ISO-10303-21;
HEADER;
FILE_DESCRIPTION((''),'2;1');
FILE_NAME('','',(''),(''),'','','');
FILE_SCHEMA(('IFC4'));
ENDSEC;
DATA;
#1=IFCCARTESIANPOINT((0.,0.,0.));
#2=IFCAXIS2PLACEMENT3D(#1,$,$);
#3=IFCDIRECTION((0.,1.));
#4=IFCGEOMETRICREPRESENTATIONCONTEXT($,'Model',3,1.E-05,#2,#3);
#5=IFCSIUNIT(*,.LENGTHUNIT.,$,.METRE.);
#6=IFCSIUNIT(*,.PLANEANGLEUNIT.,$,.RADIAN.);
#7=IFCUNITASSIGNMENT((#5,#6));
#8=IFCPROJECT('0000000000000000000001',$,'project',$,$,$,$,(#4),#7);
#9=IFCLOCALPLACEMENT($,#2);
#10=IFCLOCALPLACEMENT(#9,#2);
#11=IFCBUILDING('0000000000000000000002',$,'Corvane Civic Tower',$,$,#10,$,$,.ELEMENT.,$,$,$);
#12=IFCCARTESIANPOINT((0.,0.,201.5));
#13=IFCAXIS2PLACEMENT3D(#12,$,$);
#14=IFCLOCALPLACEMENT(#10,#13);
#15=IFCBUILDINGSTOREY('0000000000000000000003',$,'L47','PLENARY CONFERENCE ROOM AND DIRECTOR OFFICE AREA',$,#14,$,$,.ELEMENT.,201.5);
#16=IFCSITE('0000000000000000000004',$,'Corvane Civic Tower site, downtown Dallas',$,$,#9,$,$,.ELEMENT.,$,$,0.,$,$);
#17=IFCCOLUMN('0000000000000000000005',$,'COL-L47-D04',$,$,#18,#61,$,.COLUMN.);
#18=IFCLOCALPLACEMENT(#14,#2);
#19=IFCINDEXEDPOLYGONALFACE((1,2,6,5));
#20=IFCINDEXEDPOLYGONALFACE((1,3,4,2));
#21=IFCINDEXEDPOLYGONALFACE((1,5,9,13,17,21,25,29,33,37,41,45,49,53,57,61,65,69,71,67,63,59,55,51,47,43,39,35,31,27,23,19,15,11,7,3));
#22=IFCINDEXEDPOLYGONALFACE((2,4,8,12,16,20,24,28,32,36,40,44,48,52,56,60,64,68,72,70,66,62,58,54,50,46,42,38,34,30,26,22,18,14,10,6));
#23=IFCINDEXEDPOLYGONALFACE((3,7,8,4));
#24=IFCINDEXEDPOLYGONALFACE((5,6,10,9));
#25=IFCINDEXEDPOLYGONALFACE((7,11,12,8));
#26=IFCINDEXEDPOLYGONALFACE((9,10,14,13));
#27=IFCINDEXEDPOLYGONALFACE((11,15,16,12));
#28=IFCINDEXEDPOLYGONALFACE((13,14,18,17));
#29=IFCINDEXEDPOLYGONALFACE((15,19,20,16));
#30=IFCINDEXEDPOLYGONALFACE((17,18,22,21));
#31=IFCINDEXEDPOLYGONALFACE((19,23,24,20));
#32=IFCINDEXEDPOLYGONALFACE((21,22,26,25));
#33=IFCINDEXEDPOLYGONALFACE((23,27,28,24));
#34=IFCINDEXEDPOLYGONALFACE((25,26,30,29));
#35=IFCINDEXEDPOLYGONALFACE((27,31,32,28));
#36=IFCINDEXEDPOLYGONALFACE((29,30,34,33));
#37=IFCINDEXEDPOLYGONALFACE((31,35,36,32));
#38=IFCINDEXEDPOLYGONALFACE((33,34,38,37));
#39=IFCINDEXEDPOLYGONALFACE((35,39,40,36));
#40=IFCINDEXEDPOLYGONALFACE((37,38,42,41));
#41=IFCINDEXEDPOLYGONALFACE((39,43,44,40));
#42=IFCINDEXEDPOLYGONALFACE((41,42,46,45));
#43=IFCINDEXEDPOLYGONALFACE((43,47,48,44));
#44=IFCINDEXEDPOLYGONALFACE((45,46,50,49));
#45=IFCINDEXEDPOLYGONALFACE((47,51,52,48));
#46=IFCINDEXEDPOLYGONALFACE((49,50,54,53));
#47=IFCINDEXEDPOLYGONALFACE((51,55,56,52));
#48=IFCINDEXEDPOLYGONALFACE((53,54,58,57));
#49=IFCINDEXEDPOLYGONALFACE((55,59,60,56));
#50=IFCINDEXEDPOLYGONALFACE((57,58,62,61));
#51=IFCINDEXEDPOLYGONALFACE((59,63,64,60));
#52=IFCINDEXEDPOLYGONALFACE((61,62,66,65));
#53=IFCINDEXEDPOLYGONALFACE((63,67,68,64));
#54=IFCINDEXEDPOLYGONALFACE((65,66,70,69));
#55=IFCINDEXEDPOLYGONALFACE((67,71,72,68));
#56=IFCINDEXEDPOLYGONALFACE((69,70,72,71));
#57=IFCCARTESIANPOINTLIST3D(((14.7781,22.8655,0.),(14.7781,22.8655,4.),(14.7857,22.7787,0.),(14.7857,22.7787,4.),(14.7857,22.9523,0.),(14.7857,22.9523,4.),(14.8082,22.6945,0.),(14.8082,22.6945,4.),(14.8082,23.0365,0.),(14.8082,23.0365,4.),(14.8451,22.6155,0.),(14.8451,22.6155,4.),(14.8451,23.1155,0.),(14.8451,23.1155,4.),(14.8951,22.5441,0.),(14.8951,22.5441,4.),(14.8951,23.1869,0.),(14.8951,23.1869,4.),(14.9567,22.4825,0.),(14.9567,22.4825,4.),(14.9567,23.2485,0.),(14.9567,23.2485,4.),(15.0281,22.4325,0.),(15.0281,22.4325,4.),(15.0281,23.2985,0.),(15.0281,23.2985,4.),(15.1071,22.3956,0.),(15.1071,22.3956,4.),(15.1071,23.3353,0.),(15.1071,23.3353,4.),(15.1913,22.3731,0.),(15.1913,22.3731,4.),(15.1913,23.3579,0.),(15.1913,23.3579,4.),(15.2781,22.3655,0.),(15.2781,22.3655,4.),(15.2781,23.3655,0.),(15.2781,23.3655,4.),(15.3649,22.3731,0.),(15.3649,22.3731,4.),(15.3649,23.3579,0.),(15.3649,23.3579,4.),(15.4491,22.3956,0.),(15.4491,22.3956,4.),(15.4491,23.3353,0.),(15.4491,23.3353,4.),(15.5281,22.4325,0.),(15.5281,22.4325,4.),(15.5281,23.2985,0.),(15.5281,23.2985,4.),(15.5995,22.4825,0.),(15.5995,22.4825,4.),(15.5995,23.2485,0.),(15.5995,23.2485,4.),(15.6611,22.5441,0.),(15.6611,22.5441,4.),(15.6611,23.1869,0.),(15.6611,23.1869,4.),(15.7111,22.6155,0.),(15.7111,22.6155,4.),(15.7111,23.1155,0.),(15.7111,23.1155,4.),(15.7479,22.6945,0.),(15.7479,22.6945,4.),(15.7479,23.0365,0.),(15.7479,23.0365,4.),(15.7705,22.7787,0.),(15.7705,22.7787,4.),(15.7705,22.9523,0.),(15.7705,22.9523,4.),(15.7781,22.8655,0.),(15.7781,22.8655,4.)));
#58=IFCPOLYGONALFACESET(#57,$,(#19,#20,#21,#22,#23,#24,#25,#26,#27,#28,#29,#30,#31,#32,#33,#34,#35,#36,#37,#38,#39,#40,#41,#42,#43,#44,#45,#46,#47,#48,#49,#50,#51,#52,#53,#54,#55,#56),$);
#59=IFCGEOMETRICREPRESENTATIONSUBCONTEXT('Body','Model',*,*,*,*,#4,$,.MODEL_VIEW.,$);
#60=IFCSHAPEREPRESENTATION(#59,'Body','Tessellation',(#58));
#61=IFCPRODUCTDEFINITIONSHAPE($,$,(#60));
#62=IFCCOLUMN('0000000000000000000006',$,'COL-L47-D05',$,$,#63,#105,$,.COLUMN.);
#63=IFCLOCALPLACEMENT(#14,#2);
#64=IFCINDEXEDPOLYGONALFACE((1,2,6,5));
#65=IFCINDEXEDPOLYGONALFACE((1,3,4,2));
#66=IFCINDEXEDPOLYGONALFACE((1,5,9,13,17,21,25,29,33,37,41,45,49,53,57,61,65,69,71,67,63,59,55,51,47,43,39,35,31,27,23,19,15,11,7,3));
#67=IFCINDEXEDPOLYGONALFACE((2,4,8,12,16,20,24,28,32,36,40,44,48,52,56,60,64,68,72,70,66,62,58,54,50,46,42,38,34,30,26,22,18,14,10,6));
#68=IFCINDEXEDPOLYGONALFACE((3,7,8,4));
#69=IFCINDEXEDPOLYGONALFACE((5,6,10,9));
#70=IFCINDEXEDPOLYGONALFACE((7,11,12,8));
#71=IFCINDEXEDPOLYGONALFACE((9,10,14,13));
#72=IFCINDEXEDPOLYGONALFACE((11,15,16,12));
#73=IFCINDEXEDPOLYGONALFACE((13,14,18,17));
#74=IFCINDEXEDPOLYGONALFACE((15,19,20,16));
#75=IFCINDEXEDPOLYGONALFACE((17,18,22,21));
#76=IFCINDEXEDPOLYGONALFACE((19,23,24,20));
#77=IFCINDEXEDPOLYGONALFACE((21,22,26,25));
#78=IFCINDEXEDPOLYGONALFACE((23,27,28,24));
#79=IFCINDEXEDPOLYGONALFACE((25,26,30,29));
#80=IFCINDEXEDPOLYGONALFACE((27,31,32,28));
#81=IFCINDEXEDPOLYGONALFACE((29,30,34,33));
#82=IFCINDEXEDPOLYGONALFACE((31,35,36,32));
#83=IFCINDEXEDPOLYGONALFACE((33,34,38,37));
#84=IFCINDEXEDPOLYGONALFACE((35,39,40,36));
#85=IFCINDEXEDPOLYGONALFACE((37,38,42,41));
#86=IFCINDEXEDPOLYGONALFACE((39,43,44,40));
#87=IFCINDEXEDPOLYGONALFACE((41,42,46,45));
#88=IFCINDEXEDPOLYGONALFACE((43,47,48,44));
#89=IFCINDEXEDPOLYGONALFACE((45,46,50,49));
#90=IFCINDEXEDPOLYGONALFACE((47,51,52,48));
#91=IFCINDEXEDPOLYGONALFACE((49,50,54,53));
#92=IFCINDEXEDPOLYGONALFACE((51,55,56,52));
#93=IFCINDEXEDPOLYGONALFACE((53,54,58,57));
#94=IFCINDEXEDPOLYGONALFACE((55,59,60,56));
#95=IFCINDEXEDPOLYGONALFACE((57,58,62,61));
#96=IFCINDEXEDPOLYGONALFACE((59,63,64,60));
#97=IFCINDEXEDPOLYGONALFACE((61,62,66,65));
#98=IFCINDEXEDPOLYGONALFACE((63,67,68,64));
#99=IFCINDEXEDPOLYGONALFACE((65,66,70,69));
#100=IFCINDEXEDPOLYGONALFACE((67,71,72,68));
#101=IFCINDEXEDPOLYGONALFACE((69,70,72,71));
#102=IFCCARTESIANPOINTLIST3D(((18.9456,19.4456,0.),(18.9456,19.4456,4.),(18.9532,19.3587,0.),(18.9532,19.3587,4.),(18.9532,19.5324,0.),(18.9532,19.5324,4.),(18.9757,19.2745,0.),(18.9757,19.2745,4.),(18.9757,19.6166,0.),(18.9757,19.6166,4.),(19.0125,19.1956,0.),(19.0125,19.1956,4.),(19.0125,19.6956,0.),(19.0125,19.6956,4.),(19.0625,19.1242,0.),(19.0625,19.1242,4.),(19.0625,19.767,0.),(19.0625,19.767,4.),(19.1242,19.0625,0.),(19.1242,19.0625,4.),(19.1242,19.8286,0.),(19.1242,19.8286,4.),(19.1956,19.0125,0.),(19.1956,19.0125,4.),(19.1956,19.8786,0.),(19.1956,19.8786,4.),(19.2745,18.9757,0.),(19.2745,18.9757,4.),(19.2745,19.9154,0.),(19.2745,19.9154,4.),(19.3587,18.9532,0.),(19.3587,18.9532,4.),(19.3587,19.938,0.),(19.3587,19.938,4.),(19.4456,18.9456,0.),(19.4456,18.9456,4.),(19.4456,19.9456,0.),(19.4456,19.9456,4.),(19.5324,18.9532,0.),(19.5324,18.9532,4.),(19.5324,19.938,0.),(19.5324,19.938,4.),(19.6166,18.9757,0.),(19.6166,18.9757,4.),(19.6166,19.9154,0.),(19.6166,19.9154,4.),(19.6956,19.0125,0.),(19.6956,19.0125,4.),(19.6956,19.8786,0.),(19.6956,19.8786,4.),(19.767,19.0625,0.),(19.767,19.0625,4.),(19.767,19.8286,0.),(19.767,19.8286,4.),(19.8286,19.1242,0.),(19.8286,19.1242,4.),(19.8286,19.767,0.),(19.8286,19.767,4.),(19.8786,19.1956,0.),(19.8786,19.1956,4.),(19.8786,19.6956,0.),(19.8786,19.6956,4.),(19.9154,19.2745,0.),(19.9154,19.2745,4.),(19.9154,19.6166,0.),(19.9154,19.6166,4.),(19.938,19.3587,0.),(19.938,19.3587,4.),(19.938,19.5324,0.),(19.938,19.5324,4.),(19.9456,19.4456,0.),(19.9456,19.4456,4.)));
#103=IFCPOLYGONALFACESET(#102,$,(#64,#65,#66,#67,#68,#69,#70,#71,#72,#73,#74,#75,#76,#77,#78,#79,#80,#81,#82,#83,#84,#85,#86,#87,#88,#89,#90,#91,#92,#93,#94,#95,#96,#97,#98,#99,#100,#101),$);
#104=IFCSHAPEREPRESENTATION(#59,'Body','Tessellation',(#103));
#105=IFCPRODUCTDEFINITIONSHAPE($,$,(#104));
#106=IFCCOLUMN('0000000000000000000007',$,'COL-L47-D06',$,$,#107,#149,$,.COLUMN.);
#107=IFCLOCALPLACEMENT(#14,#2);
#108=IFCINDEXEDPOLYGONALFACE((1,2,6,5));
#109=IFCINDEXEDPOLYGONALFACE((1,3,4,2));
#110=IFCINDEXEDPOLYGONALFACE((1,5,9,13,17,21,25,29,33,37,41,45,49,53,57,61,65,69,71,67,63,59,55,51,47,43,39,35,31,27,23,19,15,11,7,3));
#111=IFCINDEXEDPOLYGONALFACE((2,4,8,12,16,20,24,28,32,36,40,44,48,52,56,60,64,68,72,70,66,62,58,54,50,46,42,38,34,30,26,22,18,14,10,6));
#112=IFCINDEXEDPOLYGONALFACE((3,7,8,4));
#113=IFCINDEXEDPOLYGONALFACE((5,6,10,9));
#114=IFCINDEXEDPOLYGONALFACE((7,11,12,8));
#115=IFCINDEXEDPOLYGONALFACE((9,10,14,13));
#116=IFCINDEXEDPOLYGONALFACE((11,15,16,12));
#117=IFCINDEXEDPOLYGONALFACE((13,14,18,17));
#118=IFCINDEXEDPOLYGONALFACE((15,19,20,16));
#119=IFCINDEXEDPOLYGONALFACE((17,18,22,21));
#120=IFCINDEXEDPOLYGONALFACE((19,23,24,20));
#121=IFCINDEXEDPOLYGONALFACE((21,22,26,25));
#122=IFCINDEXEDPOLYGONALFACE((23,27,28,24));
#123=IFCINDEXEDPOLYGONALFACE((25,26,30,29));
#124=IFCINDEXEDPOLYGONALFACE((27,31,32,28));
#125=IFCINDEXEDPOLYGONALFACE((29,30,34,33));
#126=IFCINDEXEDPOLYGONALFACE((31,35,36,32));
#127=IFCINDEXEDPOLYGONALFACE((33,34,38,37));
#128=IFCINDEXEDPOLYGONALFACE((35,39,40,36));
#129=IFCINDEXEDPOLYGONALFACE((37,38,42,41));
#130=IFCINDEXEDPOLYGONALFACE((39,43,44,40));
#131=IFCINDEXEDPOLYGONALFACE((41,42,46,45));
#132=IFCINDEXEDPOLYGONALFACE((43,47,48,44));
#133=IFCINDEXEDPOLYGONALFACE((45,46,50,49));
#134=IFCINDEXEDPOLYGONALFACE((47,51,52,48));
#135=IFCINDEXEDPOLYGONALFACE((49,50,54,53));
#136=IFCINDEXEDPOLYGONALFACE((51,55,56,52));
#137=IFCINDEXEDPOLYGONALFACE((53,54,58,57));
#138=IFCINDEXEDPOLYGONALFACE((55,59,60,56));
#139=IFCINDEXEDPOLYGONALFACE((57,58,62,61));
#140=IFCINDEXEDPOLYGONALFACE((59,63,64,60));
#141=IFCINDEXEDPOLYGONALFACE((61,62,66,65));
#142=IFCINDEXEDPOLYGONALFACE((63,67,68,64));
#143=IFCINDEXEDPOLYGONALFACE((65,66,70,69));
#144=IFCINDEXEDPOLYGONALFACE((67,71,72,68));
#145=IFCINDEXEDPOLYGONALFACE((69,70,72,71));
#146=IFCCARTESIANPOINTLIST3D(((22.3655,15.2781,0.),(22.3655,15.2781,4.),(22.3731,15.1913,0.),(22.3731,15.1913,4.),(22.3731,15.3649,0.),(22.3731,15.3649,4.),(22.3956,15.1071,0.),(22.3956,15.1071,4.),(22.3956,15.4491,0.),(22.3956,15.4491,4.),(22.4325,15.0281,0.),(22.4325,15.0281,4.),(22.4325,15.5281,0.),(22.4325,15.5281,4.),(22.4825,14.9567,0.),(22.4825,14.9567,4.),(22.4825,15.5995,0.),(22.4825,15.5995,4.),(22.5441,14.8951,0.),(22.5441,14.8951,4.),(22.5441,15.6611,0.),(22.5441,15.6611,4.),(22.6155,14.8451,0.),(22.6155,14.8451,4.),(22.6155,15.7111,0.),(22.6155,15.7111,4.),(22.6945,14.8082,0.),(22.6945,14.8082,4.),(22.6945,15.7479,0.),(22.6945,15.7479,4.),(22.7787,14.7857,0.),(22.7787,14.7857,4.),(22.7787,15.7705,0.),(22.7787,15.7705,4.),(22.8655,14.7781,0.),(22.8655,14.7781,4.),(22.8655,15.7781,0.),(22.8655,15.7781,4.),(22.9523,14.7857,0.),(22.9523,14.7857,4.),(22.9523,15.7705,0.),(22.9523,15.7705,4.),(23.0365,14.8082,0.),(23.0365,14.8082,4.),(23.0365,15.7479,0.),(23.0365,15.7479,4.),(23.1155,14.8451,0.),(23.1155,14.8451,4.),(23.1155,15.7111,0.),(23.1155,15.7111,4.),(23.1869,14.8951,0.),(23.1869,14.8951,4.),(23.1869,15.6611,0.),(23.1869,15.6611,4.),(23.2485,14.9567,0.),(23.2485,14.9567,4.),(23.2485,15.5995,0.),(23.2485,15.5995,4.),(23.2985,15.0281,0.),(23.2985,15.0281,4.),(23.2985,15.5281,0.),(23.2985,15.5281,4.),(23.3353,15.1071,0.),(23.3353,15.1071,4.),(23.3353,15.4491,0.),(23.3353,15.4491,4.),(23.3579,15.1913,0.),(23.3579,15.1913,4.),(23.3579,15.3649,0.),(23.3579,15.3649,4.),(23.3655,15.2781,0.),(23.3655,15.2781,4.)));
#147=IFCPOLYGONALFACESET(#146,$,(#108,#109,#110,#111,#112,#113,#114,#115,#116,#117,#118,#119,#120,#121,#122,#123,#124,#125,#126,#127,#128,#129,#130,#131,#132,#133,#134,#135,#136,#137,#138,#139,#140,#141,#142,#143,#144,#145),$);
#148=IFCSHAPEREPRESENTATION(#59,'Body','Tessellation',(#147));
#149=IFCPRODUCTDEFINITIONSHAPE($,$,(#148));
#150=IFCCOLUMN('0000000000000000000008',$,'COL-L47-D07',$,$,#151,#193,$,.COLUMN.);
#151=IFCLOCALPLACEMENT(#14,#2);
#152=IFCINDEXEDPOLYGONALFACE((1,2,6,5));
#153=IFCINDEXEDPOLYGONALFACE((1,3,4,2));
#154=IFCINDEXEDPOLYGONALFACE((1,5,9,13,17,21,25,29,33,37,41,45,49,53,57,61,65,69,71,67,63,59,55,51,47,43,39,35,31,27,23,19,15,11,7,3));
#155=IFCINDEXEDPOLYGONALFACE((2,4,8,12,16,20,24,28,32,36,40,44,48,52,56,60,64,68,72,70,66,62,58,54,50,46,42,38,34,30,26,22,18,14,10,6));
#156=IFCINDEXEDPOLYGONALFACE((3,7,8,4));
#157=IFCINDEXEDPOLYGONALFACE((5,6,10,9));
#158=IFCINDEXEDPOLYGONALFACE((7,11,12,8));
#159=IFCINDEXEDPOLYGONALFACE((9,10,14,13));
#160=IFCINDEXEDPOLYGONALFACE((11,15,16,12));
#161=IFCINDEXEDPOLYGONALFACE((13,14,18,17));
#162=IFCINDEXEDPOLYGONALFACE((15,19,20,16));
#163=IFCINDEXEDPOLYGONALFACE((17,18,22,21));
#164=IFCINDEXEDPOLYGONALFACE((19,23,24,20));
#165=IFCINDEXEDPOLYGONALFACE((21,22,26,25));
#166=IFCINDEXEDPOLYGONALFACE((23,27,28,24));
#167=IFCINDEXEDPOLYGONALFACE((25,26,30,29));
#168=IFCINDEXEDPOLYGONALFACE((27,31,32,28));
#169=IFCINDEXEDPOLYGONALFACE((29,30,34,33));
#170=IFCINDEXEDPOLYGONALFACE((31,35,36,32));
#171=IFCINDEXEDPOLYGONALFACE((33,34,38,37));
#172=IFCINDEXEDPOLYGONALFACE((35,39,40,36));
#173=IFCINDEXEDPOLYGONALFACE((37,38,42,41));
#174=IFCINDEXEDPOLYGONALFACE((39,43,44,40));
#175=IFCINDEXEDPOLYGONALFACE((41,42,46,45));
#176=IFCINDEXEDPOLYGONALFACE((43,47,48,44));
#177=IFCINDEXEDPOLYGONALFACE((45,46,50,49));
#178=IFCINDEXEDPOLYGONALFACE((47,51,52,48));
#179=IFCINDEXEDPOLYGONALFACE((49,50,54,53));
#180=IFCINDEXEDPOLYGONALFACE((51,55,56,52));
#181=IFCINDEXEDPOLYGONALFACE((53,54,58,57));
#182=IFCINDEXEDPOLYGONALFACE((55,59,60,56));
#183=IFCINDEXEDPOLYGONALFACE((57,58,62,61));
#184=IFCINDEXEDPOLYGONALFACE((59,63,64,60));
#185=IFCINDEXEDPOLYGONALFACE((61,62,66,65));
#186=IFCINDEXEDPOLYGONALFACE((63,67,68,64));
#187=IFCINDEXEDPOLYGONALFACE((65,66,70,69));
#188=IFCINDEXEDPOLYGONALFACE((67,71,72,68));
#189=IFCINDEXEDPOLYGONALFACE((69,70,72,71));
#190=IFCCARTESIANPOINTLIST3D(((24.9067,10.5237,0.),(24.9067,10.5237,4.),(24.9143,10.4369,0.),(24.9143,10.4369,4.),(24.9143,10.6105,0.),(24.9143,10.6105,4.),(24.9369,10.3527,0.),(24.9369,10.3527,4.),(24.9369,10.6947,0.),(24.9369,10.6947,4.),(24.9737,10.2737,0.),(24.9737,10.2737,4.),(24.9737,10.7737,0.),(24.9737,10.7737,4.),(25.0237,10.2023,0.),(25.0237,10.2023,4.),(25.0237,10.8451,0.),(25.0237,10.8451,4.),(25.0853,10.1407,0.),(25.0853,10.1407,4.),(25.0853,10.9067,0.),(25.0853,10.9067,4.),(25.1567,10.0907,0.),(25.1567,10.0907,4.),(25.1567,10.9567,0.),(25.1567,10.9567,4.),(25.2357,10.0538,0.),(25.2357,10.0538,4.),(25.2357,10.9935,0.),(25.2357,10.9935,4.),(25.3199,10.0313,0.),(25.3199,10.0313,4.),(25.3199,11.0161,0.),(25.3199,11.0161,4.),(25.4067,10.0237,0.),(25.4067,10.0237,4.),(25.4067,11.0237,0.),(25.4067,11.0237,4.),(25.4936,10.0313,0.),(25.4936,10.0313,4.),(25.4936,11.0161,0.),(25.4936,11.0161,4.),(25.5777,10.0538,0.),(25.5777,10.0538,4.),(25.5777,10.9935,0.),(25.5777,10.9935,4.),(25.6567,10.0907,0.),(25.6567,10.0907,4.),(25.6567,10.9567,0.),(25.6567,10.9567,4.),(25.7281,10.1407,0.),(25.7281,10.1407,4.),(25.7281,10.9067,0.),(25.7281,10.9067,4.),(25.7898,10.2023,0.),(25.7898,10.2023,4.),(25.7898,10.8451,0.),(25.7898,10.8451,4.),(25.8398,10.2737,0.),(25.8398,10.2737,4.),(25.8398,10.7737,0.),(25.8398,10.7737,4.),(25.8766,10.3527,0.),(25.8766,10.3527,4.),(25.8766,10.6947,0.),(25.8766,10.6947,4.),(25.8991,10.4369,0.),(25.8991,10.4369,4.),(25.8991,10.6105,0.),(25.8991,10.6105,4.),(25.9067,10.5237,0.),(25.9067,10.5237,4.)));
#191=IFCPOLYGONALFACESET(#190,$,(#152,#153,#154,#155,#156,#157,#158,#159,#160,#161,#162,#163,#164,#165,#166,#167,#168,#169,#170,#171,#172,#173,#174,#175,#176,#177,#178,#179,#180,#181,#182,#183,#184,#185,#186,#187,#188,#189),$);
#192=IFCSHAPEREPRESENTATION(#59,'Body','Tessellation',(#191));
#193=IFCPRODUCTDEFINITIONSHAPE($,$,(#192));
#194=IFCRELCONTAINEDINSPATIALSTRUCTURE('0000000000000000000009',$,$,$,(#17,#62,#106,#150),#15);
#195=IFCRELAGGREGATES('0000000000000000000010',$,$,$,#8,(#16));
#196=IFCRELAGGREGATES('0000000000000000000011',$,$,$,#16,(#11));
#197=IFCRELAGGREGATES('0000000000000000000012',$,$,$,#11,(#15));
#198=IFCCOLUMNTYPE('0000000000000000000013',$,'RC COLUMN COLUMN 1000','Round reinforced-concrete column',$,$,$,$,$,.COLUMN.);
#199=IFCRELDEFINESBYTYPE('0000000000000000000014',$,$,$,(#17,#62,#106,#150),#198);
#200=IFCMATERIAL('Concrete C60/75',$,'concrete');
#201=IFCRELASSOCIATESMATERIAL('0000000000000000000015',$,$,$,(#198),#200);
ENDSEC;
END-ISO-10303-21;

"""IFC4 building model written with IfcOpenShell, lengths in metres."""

from ifc_helpers import new_model, si_unit, direction, frame, origin, origin_2d, place, context, subcontext, project, spatial, circle, extrude, material, material_profile, profile_set, type_object, element, save


model = new_model("IFC4")

# Units and contexts
model_context = context("Model", 3, precision=1e-05, world=origin(), true_north=direction((0.0, 1.0)))
body_context = subcontext(model_context, "Body", "Model", "MODEL_VIEW")
ifc_project = project(units=[si_unit("LENGTHUNIT", "METRE"), si_unit("PLANEANGLEUNIT", "RADIAN")], contexts=[model_context])

# Site, building, storey
site_placement = place(None, origin())
site = spatial("IfcSite", under=ifc_project, at=site_placement, Name="Corvane Civic Tower site, downtown Dallas", CompositionType="ELEMENT", RefElevation=0.0)
building_placement = place(site_placement, origin())
building = spatial("IfcBuilding", under=site, at=building_placement, Name="Corvane Civic Tower", CompositionType="ELEMENT")
storey_placement = place(building_placement, frame((0.0, 0.0, 201.5)))
storey = spatial("IfcBuildingStorey", under=building, at=storey_placement, Name="L47", Description="PLENARY CONFERENCE ROOM AND DIRECTOR OFFICE AREA", CompositionType="ELEMENT", Elevation=201.5)

# Columns
ifc_material_1 = material(Name="Concrete C60/75", Category="concrete")
ifc_material_profile_1 = material_profile(ifc_material_1, circle(Radius=0.5, at=origin_2d()), Name="COLUMN 1000")
ifc_profile_set_1 = profile_set([ifc_material_profile_1], Name="Concrete C60/75")
column_type = type_object("IfcColumnType", Name="RC COLUMN COLUMN 1000", Description="Round reinforced-concrete column", PredefinedType="COLUMN", material=ifc_profile_set_1)
for number, where, z_axis, x_axis, name in (
    (1, (15.2781, 22.8655, 0.0), (0.0, 0.0, 1.0), (1.0, 0.0, 0.0), "COL-L47-D04"),
    (2, (19.4456, 19.4456, 0.0), (0.0, 0.0, 1.0), (1.0, 0.0, 0.0), "COL-L47-D05"),
    (3, (22.8655, 15.2781, 0.0), (0.0, 0.0, 1.0), (1.0, 0.0, 0.0), "COL-L47-D06"),
    (4, (25.4067, 10.5237, 0.0), (0.0, 0.0, 1.0), (1.0, 0.0, 0.0), "COL-L47-D07"),
):
    element("IfcColumn", number, at=place(storey_placement, frame(where, z_axis=z_axis, x_axis=x_axis)), inside=storey, type_object=column_type, Name=name, PredefinedType="COLUMN", context=body_context, shape_type="SweptSolid", body=[
        extrude(circle(Radius=0.5, at=origin_2d()), origin(), (0.0, 0.0, 1.0), 4.0),
    ])

save(model, "model.ifc")
